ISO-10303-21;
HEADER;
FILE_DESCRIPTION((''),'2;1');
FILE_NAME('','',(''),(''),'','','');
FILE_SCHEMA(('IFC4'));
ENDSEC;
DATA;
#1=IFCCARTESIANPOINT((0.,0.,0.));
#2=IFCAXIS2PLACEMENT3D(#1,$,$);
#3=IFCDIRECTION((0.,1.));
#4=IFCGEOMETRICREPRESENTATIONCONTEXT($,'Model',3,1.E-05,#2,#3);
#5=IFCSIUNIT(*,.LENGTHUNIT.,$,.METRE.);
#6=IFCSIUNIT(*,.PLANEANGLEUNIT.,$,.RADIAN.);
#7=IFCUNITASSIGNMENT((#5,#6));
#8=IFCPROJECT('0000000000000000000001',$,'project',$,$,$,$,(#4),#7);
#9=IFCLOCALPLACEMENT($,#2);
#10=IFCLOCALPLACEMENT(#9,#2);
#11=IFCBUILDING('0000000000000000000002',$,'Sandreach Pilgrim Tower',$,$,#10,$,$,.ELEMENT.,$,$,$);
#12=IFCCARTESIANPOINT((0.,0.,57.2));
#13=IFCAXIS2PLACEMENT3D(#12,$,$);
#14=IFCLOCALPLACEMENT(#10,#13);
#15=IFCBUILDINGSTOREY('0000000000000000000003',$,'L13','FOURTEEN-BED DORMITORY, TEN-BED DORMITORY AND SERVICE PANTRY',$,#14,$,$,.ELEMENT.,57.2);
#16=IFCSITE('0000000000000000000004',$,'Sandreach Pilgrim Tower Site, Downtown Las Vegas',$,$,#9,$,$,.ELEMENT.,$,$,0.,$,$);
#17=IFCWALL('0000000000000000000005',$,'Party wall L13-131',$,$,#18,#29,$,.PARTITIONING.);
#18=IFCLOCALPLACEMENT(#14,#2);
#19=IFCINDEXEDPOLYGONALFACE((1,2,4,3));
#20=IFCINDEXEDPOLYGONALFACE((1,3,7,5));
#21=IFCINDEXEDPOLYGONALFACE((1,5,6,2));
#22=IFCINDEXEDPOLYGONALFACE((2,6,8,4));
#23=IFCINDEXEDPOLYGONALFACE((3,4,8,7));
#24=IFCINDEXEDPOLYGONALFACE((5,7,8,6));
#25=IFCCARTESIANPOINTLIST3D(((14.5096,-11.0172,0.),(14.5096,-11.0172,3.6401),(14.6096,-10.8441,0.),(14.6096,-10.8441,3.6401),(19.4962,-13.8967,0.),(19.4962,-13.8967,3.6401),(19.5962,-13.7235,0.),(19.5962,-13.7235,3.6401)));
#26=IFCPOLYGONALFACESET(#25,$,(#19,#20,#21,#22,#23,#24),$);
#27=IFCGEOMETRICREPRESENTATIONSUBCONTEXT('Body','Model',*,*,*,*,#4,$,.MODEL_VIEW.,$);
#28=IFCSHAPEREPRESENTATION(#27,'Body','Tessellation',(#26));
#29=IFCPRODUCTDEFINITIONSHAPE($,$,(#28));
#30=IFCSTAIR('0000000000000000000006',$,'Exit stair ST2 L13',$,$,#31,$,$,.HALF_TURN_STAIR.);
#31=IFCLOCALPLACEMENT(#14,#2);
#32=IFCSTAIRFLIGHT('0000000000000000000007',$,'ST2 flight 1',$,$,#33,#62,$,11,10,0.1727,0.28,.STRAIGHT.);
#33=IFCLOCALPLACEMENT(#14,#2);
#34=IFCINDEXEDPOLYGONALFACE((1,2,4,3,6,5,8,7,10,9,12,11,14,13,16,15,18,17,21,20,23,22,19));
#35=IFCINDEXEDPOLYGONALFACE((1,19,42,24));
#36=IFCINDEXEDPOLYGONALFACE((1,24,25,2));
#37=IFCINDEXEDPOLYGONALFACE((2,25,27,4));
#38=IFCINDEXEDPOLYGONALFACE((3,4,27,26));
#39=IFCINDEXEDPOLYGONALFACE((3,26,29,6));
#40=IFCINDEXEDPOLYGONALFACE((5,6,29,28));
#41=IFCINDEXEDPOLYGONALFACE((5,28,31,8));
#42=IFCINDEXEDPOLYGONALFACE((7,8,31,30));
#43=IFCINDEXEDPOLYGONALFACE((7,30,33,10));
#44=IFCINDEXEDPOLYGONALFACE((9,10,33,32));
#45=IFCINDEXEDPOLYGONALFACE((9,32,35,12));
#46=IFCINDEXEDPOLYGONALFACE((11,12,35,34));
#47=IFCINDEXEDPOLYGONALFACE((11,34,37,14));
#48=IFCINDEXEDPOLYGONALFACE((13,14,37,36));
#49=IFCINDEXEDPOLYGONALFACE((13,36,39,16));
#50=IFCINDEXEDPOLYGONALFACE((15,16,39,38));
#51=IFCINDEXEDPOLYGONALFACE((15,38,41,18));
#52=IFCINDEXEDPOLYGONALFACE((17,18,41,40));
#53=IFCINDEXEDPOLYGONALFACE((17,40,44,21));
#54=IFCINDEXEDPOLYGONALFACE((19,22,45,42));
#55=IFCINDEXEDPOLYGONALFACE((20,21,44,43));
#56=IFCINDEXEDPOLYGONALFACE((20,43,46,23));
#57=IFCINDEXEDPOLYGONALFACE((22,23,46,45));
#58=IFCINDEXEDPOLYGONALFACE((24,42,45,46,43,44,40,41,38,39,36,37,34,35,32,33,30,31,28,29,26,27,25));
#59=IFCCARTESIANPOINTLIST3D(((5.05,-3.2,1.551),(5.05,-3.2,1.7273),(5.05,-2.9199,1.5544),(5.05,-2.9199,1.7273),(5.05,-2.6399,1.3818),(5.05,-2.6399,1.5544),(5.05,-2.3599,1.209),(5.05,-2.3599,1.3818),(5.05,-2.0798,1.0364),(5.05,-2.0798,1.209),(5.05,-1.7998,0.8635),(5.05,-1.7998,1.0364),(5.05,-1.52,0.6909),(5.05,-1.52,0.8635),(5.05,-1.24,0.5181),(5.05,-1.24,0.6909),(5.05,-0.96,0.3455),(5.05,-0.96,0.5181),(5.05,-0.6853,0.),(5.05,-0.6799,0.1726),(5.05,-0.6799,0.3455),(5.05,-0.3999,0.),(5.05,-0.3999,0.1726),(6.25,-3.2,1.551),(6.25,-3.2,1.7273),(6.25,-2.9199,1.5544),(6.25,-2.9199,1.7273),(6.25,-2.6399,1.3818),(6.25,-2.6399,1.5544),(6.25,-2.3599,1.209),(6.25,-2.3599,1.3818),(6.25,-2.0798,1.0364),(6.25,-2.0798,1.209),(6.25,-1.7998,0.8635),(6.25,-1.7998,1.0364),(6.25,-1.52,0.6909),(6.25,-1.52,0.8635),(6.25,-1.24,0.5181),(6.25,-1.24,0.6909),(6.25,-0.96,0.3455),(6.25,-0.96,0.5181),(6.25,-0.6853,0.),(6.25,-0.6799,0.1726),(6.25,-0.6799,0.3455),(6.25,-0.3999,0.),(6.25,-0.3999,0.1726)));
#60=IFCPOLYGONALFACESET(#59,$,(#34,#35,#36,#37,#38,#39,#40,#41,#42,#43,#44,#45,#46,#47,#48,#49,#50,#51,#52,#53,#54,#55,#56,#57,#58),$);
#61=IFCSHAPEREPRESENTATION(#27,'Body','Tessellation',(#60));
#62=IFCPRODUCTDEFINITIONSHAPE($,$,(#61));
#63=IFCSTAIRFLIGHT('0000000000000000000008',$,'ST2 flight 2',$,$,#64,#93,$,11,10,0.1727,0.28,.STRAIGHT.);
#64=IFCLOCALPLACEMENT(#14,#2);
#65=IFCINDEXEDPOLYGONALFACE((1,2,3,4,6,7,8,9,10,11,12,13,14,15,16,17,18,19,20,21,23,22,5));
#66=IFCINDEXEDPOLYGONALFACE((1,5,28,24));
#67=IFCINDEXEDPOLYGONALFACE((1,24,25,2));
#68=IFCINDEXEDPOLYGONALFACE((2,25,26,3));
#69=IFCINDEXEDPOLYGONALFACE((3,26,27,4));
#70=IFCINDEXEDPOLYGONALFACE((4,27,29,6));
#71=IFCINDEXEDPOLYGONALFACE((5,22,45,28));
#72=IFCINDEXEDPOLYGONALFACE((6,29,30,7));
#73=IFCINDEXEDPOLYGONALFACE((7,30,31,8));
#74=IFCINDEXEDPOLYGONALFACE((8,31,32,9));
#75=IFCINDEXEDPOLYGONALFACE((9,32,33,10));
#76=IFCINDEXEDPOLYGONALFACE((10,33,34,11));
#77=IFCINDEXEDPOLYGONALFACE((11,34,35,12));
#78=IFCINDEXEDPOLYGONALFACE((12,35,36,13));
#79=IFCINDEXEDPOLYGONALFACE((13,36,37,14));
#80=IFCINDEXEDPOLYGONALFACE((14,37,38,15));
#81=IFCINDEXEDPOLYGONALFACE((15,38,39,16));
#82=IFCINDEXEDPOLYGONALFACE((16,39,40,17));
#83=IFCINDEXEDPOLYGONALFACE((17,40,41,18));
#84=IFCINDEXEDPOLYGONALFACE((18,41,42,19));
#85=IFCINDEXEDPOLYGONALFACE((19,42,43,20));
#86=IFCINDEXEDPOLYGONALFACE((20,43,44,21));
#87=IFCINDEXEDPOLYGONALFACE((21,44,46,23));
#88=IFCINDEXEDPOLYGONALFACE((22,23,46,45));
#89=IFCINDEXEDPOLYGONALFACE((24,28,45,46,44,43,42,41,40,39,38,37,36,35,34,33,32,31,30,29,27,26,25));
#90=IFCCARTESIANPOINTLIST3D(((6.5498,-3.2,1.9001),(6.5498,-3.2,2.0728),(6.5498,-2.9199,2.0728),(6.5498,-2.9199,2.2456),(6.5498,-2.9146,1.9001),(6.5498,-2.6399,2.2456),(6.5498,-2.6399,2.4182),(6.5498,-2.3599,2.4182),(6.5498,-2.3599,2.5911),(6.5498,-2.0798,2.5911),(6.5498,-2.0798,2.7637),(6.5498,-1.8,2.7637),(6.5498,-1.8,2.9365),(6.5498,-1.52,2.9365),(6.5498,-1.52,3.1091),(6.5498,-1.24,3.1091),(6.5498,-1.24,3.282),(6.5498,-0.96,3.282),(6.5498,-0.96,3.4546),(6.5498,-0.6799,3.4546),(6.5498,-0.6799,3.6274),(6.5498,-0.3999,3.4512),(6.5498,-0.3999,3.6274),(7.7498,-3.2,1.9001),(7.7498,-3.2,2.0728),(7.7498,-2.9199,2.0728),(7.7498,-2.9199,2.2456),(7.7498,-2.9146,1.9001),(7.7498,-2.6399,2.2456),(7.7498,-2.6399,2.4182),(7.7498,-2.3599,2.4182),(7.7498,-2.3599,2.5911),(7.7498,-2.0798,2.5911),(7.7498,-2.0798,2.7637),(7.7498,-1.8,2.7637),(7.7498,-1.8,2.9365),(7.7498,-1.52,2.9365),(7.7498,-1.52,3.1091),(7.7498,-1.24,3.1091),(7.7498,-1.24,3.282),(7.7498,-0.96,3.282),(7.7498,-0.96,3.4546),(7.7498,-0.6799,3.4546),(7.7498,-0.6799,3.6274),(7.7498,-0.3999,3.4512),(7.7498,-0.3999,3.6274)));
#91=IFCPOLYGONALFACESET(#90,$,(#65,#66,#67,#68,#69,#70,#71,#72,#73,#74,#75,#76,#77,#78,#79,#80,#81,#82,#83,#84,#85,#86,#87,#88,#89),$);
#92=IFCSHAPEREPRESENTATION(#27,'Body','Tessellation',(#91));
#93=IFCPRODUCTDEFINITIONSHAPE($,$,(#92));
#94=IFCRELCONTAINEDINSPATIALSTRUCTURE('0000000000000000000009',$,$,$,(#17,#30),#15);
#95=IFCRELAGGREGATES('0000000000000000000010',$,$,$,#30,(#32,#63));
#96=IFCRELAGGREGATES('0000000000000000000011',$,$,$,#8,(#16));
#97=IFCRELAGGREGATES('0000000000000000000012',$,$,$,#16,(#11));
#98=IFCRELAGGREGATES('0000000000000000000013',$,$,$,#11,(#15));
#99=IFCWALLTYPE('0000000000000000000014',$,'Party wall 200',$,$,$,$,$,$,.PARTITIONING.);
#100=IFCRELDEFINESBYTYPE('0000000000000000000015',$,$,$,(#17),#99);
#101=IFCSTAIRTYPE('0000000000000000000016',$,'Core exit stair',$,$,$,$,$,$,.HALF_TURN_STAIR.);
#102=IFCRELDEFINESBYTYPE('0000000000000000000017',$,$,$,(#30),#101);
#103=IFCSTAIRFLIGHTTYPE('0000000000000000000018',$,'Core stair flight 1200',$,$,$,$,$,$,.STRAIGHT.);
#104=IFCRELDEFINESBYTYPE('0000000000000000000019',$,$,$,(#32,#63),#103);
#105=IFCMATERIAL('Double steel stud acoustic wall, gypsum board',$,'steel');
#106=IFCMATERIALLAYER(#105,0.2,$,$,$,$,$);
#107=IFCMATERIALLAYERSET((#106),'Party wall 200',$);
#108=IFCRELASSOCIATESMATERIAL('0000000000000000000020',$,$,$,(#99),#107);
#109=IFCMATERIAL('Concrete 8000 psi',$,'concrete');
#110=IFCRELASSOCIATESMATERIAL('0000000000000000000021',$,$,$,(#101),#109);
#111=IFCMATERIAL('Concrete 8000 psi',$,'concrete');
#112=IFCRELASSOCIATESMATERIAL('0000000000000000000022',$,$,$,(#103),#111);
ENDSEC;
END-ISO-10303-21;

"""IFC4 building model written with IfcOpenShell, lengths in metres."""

from ifc_helpers import new_model, si_unit, direction, frame, frame_2d, origin, place, context, subcontext, project, spatial, polyline, rectangle, outline, extrude, material, layer, layer_set, type_object, element, aggregate, save


model = new_model("IFC4")

# Units and contexts
model_context = context("Model", 3, precision=1e-05, world=origin(), true_north=direction((0.0, 1.0)))
body_context = subcontext(model_context, "Body", "Model", "MODEL_VIEW")
ifc_project = project(units=[si_unit("LENGTHUNIT", "METRE"), si_unit("PLANEANGLEUNIT", "RADIAN")], contexts=[model_context])

# Site, building, storey
site_placement = place(None, origin())
site = spatial("IfcSite", under=ifc_project, at=site_placement, Name="Sandreach Pilgrim Tower Site, Downtown Las Vegas", CompositionType="ELEMENT", RefElevation=0.0)
building_placement = place(site_placement, origin())
building = spatial("IfcBuilding", under=site, at=building_placement, Name="Sandreach Pilgrim Tower", CompositionType="ELEMENT")
storey_placement = place(building_placement, frame((0.0, 0.0, 57.2)))
storey = spatial("IfcBuildingStorey", under=building, at=storey_placement, Name="L13", Description="FOURTEEN-BED DORMITORY, TEN-BED DORMITORY AND SERVICE PANTRY", CompositionType="ELEMENT", Elevation=57.2)

# Wall
ifc_material_1 = material(Name="Double steel stud acoustic wall, gypsum board", Category="steel")
ifc_layer_1 = layer(ifc_material_1, 0.2)
ifc_layer_set_1 = layer_set([ifc_layer_1], Name="Party wall 200")
wall_type_1 = type_object("IfcWallType", Name="Party wall 200", PredefinedType="PARTITIONING", material=ifc_layer_set_1)
wall_1_placement = place(storey_placement, frame((14.5596, -10.9307, 0.0), z_axis=(0.0, 0.0, 1.0), x_axis=(0.865996, -0.500052, 0.0)))
element("IfcWall", 1, at=wall_1_placement, inside=storey, type_object=wall_type_1, Name="Party wall L13-131", PredefinedType="PARTITIONING", context=body_context, shape_type="SweptSolid", body=[
    extrude(rectangle(XDim=5.7583, YDim=0.2, at=frame_2d((2.8792, 0.0))), origin(), (0.0, 0.0, 1.0), 3.6401),
])

# Stair, stair flights
ifc_material_2 = material(Name="Concrete 8000 psi", Category="concrete")
stair_type = type_object("IfcStairType", Name="Core exit stair", PredefinedType="HALF_TURN_STAIR", material=ifc_material_2)
stair_placement = place(storey_placement, origin())
stair = element("IfcStair", 2, at=stair_placement, inside=storey, type_object=stair_type, Name="Exit stair ST2 L13", PredefinedType="HALF_TURN_STAIR")
ifc_material_3 = material(Name="Concrete 8000 psi", Category="concrete")
stair_flight_type = type_object("IfcStairFlightType", Name="Core stair flight 1200", PredefinedType="STRAIGHT", material=ifc_material_3)
stair_flight_1_placement = place(storey_placement, frame((5.6499, -0.3999, 0.0), z_axis=(0.0, 0.0, 1.0), x_axis=(0.0, -1.0, 0.0)))
stair_flight_1 = element("IfcStairFlight", 3, at=stair_flight_1_placement, type_object=stair_flight_type, Name="ST2 flight 1", NumberOfRisers=11, NumberOfTreads=10, PredefinedType="STRAIGHT", RiserHeight=0.1727, TreadLength=0.28, context=body_context, shape_type="SweptSolid", body=[
    extrude(outline(polyline([(0.0, 0.0), (0.0, 0.1726), (0.28, 0.1726), (0.28, 0.3455), (0.5601, 0.3455), (0.5601, 0.5181), (0.8401, 0.5181), (0.8401, 0.6909), (1.1201, 0.6909), (1.1201, 0.8635), (1.3999, 0.8635), (1.3999, 1.0364), (1.6799, 1.0364), (1.6799, 1.209), (1.96, 1.209), (1.96, 1.3818), (2.24, 1.3818), (2.24, 1.5544), (2.52, 1.5544), (2.52, 1.7273), (2.8, 1.7273), (2.8, 1.8999), (2.8, 1.551), (0.2854, 0.0), (0.0, 0.0)])), frame((0.0, 0.6001, 0.0), z_axis=(0.0, -1.0, 0.0), x_axis=(1.0, 0.0, 0.0)), (0.0, 0.0, 1.0), 1.2),
])
stair_flight_2_placement = place(storey_placement, frame((7.1499, -3.2, 1.9001), z_axis=(0.0, 0.0, 1.0), x_axis=(0.0, 1.0, 0.0)))
stair_flight_2 = element("IfcStairFlight", 4, at=stair_flight_2_placement, type_object=stair_flight_type, Name="ST2 flight 2", NumberOfRisers=11, NumberOfTreads=10, PredefinedType="STRAIGHT", RiserHeight=0.1727, TreadLength=0.28, context=body_context, shape_type="SweptSolid", body=[
    extrude(outline(polyline([(0.0, 0.0), (0.0, 0.1726), (0.28, 0.1726), (0.28, 0.3455), (0.5601, 0.3455), (0.5601, 0.5181), (0.8401, 0.5181), (0.8401, 0.6909), (1.1201, 0.6909), (1.1201, 0.8635), (1.3999, 0.8635), (1.3999, 1.0364), (1.6799, 1.0364), (1.6799, 1.209), (1.96, 1.209), (1.96, 1.3818), (2.24, 1.3818), (2.24, 1.5544), (2.52, 1.5544), (2.52, 1.7273), (2.8, 1.7273), (2.8, 1.8999), (2.8, 1.551), (0.2854, 0.0), (0.0, 0.0)])), frame((0.0, 0.6001, 0.0), z_axis=(0.0, -1.0, 0.0), x_axis=(1.0, 0.0, 0.0)), (0.0, 0.0, 1.0), 1.2),
])
aggregate(stair, [stair_flight_1, stair_flight_2])

save(model, "model.ifc")
